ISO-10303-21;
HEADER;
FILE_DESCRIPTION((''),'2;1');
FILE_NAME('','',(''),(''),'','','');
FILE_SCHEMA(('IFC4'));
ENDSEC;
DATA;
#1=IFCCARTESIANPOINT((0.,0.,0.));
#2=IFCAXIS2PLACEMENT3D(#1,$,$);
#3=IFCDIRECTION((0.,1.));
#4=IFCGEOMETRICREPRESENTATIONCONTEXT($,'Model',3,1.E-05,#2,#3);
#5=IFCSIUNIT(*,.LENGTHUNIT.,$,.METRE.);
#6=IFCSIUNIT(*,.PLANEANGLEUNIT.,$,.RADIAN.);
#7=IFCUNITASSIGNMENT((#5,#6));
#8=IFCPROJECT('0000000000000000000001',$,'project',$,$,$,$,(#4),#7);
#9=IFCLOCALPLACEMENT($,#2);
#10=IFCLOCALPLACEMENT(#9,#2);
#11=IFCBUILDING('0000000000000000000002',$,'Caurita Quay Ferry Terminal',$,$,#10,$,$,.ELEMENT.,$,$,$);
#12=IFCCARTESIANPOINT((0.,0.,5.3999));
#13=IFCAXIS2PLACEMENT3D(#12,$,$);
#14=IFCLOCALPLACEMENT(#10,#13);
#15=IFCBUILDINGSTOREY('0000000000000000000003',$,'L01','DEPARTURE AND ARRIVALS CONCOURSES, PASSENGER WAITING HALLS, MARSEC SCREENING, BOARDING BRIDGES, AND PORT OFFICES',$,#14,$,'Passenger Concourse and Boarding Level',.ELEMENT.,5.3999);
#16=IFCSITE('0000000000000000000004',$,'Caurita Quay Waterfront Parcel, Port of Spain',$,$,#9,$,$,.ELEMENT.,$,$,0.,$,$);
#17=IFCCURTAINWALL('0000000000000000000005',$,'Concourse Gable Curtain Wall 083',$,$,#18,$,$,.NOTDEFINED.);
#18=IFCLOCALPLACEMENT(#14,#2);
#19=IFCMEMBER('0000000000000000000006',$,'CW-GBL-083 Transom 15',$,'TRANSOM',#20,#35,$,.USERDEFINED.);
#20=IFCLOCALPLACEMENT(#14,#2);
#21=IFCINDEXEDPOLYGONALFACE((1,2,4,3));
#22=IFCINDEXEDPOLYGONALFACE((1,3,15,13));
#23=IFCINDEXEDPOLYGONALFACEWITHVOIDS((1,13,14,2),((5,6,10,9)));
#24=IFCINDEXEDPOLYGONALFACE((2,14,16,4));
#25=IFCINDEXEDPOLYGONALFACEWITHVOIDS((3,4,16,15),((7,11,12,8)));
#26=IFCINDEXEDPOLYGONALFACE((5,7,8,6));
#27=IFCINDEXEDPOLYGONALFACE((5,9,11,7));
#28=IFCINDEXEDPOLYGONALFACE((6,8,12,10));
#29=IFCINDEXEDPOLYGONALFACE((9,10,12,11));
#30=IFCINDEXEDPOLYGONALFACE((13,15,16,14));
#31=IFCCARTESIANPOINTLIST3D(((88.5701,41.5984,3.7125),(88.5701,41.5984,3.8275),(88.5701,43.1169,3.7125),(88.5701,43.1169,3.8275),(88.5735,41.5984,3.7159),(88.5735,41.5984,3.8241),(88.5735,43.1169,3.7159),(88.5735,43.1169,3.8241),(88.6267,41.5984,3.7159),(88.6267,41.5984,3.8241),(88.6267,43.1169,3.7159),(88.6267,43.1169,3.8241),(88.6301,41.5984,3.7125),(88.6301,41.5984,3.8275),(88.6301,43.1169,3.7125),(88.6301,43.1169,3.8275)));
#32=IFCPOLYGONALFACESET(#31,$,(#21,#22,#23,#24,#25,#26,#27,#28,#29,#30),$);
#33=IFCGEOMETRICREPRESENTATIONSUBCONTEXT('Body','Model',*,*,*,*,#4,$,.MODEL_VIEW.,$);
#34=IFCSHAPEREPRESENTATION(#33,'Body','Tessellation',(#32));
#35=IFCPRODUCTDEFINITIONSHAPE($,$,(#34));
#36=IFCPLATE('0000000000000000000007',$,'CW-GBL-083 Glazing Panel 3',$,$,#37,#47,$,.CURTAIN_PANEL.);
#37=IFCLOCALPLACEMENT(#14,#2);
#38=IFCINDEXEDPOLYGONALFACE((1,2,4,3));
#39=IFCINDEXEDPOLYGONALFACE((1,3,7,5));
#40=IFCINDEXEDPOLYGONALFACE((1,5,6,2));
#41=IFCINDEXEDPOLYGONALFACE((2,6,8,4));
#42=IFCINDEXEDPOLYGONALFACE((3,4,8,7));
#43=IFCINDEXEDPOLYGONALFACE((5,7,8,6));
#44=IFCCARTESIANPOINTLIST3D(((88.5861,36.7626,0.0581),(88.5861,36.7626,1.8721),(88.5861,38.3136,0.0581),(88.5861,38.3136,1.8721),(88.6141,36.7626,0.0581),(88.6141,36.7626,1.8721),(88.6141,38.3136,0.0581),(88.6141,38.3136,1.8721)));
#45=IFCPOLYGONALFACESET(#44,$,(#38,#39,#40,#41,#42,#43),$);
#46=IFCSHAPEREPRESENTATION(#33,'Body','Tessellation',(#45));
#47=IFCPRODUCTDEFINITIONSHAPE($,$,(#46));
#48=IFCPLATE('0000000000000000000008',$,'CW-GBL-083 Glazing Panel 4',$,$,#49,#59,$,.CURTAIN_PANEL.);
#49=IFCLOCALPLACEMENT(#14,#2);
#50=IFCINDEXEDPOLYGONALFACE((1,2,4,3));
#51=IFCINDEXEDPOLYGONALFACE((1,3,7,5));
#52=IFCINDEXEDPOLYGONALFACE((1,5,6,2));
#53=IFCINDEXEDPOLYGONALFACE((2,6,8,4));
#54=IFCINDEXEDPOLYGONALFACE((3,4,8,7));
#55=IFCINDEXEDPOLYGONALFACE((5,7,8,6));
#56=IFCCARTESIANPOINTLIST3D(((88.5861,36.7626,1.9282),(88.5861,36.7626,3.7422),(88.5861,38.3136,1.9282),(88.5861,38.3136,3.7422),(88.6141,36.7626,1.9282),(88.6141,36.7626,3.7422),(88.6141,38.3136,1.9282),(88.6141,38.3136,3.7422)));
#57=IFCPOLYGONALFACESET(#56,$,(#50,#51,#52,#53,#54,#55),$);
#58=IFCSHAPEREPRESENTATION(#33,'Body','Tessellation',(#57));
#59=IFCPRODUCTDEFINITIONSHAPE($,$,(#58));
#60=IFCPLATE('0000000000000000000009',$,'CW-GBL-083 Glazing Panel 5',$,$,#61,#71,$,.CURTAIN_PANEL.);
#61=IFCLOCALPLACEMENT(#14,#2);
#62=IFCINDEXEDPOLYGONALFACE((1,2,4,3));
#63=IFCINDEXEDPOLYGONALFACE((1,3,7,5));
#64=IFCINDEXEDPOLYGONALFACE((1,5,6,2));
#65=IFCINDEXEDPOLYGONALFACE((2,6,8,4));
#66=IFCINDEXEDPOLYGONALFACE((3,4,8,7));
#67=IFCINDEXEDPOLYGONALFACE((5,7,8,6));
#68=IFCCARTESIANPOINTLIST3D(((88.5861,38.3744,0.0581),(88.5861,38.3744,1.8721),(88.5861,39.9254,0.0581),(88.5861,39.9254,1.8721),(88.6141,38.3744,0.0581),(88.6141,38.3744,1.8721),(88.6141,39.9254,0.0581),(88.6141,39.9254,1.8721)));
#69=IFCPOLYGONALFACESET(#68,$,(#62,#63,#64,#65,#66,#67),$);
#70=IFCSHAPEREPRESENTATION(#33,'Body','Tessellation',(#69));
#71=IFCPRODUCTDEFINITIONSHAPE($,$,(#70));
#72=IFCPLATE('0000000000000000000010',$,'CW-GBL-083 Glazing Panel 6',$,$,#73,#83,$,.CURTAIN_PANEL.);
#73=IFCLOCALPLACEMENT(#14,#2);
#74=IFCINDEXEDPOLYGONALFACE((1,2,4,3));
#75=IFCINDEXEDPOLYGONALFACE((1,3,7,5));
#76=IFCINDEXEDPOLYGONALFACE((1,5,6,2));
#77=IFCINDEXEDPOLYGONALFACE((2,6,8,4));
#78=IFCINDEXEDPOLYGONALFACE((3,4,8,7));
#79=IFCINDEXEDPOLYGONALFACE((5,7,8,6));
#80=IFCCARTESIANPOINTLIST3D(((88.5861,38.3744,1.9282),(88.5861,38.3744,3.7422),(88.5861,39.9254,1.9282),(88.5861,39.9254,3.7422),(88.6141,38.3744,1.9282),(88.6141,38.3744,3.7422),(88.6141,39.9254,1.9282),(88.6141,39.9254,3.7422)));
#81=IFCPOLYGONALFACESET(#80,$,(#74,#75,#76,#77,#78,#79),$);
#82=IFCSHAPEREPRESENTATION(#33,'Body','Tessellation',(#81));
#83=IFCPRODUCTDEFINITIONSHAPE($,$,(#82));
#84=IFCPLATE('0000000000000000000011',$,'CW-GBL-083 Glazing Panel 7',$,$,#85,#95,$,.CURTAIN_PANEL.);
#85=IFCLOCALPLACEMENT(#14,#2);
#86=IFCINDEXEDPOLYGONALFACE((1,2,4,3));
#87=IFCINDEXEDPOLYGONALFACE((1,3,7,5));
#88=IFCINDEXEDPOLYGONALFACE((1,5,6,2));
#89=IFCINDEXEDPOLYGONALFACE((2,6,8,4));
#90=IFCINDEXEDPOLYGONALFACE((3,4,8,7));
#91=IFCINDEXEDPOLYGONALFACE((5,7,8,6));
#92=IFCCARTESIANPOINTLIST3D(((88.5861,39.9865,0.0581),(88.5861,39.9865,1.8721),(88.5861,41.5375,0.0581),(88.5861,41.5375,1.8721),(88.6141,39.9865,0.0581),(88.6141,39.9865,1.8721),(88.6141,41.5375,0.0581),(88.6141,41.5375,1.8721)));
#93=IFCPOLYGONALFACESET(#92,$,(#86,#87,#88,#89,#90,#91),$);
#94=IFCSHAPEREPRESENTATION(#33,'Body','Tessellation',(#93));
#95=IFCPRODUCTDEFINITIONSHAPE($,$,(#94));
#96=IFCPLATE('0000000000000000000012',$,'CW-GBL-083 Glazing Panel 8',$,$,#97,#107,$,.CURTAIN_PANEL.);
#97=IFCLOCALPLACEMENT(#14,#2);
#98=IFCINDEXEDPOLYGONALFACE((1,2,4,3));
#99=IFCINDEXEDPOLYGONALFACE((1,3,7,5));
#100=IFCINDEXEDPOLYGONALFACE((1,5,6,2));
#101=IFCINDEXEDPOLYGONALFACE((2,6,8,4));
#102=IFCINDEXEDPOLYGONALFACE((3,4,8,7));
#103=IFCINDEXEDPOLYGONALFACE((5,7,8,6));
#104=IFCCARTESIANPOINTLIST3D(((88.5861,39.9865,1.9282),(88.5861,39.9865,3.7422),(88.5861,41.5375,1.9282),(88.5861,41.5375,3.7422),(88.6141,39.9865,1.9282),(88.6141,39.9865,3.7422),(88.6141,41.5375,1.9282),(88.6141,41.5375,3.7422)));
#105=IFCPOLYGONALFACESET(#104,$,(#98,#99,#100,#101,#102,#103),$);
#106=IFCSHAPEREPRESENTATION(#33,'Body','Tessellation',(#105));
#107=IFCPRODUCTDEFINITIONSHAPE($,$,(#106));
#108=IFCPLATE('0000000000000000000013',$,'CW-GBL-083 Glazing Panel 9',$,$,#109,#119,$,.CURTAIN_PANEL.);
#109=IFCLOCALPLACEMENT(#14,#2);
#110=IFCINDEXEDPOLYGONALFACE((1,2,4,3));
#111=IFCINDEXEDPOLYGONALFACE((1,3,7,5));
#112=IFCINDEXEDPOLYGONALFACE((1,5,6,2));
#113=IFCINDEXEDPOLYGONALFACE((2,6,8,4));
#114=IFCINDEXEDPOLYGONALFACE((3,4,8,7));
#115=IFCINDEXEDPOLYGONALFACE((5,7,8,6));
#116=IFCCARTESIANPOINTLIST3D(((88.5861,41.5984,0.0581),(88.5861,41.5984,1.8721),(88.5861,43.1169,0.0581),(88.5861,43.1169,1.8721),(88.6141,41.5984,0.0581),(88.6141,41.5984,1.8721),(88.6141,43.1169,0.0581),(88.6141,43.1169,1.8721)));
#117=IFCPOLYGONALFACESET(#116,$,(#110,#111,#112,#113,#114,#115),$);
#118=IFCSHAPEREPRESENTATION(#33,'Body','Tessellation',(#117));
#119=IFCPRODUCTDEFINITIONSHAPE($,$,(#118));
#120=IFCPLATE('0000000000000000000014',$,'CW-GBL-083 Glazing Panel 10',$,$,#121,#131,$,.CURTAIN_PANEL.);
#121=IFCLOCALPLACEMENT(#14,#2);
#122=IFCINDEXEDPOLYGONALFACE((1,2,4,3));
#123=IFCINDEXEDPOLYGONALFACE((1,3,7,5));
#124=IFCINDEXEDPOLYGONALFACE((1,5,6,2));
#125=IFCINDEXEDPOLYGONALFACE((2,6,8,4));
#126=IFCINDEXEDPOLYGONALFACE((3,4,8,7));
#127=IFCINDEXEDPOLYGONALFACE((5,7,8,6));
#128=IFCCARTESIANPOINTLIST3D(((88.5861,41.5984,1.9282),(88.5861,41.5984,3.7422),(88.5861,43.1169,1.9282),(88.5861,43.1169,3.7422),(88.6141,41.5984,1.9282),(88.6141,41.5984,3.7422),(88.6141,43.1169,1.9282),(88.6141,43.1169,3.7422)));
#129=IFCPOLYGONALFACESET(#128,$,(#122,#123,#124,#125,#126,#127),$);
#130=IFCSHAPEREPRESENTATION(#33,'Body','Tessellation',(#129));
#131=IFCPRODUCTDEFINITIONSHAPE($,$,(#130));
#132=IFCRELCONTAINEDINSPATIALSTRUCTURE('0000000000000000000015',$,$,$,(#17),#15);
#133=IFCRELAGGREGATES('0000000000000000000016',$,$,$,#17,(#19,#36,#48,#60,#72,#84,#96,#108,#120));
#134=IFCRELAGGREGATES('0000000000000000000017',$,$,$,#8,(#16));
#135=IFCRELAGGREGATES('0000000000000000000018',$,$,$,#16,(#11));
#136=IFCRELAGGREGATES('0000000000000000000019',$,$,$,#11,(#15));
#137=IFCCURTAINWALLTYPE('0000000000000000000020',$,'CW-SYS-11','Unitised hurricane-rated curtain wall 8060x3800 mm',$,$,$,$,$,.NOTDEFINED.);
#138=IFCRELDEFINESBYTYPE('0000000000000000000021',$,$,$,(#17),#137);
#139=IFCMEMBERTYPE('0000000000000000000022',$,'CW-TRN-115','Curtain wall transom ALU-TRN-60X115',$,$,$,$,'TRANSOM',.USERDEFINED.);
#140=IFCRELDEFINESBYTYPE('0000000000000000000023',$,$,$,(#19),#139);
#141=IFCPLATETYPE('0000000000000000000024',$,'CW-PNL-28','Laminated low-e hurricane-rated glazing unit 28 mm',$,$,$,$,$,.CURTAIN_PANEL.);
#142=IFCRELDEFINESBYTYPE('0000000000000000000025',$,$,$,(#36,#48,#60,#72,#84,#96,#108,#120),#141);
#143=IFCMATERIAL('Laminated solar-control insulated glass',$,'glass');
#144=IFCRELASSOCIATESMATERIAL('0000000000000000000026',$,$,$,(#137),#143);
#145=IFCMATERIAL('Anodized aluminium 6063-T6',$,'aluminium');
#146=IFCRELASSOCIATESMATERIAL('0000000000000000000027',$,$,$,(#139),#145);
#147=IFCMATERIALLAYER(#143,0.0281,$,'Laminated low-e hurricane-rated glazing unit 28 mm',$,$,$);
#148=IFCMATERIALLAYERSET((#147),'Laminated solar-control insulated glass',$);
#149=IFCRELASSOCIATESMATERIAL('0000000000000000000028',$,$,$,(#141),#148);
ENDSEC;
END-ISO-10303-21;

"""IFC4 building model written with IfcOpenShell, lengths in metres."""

from ifc_helpers import new_model, si_unit, direction, frame, origin, origin_2d, place, context, subcontext, project, spatial, rectangle, hollow_rectangle, extrude, material, layer, layer_set, material_profile, profile_set, type_object, element, aggregate, save


model = new_model("IFC4")

# Units and contexts
model_context = context("Model", 3, precision=1e-05, world=origin(), true_north=direction((0.0, 1.0)))
body_context = subcontext(model_context, "Body", "Model", "MODEL_VIEW")
ifc_project = project(units=[si_unit("LENGTHUNIT", "METRE"), si_unit("PLANEANGLEUNIT", "RADIAN")], contexts=[model_context])

# Site, building, storey
site_placement = place(None, origin())
site = spatial("IfcSite", under=ifc_project, at=site_placement, Name="Caurita Quay Waterfront Parcel, Port of Spain", CompositionType="ELEMENT", RefElevation=0.0)
building_placement = place(site_placement, origin())
building = spatial("IfcBuilding", under=site, at=building_placement, Name="Caurita Quay Ferry Terminal", CompositionType="ELEMENT")
storey_placement = place(building_placement, frame((0.0, 0.0, 5.3999)))
storey = spatial("IfcBuildingStorey", under=building, at=storey_placement, Name="L01", Description="DEPARTURE AND ARRIVALS CONCOURSES, PASSENGER WAITING HALLS, MARSEC SCREENING, BOARDING BRIDGES, AND PORT OFFICES", LongName="Passenger Concourse and Boarding Level", CompositionType="ELEMENT", Elevation=5.3999)

# Curtain wall, member, plates
ifc_material_1 = material(Name="Laminated solar-control insulated glass", Category="glass")
curtain_wall_type = type_object("IfcCurtainWallType", Name="CW-SYS-11", Description="Unitised hurricane-rated curtain wall 8060x3800 mm", PredefinedType="NOTDEFINED", material=ifc_material_1)
curtain_wall_placement = place(storey_placement, origin())
curtain_wall = element("IfcCurtainWall", 1, at=curtain_wall_placement, inside=storey, type_object=curtain_wall_type, Name="Concourse Gable Curtain Wall 083", PredefinedType="NOTDEFINED")
ifc_material_2 = material(Name="Anodized aluminium 6063-T6", Category="aluminium")
ifc_material_profile_1 = material_profile(ifc_material_2, hollow_rectangle(XDim=0.0601, YDim=0.115, WallThickness=0.0034, at=origin_2d()), Name="ALU-TRN-60X115")
ifc_profile_set_1 = profile_set([ifc_material_profile_1], Name="Anodized aluminium 6063-T6")
member_type_1 = type_object("IfcMemberType", Name="CW-TRN-115", Description="Curtain wall transom ALU-TRN-60X115", ElementType="TRANSOM", PredefinedType="USERDEFINED", material=ifc_profile_set_1)
member_1_placement = place(storey_placement, frame((88.6001, 41.5984, 3.77), z_axis=(0.0, 1.0, 0.0), x_axis=(-1.0, 0.0, 0.0)))
member_1 = element("IfcMember", 2, at=member_1_placement, type_object=member_type_1, Name="CW-GBL-083 Transom 15", ObjectType="TRANSOM", PredefinedType="USERDEFINED", context=body_context, shape_type="SweptSolid", body=[
    extrude(hollow_rectangle(XDim=0.0601, YDim=0.115, WallThickness=0.0034, at=origin_2d()), origin(), (0.0, 0.0, 1.0), 1.5186),
])
ifc_layer = layer(ifc_material_1, 0.0281, Name="Laminated low-e hurricane-rated glazing unit 28 mm")
ifc_layer_set = layer_set([ifc_layer], Name="Laminated solar-control insulated glass")
plate_type = type_object("IfcPlateType", Name="CW-PNL-28", Description="Laminated low-e hurricane-rated glazing unit 28 mm", PredefinedType="CURTAIN_PANEL", material=ifc_layer_set)
plate_1_placement = place(storey_placement, frame((88.6001, 37.5381, 0.0581), z_axis=(0.0, 0.0, 1.0), x_axis=(0.0, 1.0, 0.0)))
plate_1 = element("IfcPlate", 3, at=plate_1_placement, type_object=plate_type, Name="CW-GBL-083 Glazing Panel 3", PredefinedType="CURTAIN_PANEL", context=body_context, shape_type="SweptSolid", body=[
    extrude(rectangle(XDim=1.551, YDim=0.0281, at=origin_2d()), origin(), (0.0, 0.0, 1.0), 1.814),
])
plate_2_placement = place(storey_placement, frame((88.6001, 37.5381, 1.9282), z_axis=(0.0, 0.0, 1.0), x_axis=(0.0, 1.0, 0.0)))
plate_2 = element("IfcPlate", 4, at=plate_2_placement, type_object=plate_type, Name="CW-GBL-083 Glazing Panel 4", PredefinedType="CURTAIN_PANEL", context=body_context, shape_type="SweptSolid", body=[
    extrude(rectangle(XDim=1.551, YDim=0.0281, at=origin_2d()), origin(), (0.0, 0.0, 1.0), 1.814),
])
plate_3_placement = place(storey_placement, frame((88.6001, 39.1499, 0.0581), z_axis=(0.0, 0.0, 1.0), x_axis=(0.0, 1.0, 0.0)))
plate_3 = element("IfcPlate", 5, at=plate_3_placement, type_object=plate_type, Name="CW-GBL-083 Glazing Panel 5", PredefinedType="CURTAIN_PANEL", context=body_context, shape_type="SweptSolid", body=[
    extrude(rectangle(XDim=1.551, YDim=0.0281, at=origin_2d()), origin(), (0.0, 0.0, 1.0), 1.814),
])
plate_4_placement = place(storey_placement, frame((88.6001, 39.1499, 1.9282), z_axis=(0.0, 0.0, 1.0), x_axis=(0.0, 1.0, 0.0)))
plate_4 = element("IfcPlate", 6, at=plate_4_placement, type_object=plate_type, Name="CW-GBL-083 Glazing Panel 6", PredefinedType="CURTAIN_PANEL", context=body_context, shape_type="SweptSolid", body=[
    extrude(rectangle(XDim=1.551, YDim=0.0281, at=origin_2d()), origin(), (0.0, 0.0, 1.0), 1.814),
])
plate_5_placement = place(storey_placement, frame((88.6001, 40.762, 0.0581), z_axis=(0.0, 0.0, 1.0), x_axis=(0.0, 1.0, 0.0)))
plate_5 = element("IfcPlate", 7, at=plate_5_placement, type_object=plate_type, Name="CW-GBL-083 Glazing Panel 7", PredefinedType="CURTAIN_PANEL", context=body_context, shape_type="SweptSolid", body=[
    extrude(rectangle(XDim=1.551, YDim=0.0281, at=origin_2d()), origin(), (0.0, 0.0, 1.0), 1.814),
])
plate_6_placement = place(storey_placement, frame((88.6001, 40.762, 1.9282), z_axis=(0.0, 0.0, 1.0), x_axis=(0.0, 1.0, 0.0)))
plate_6 = element("IfcPlate", 8, at=plate_6_placement, type_object=plate_type, Name="CW-GBL-083 Glazing Panel 8", PredefinedType="CURTAIN_PANEL", context=body_context, shape_type="SweptSolid", body=[
    extrude(rectangle(XDim=1.551, YDim=0.0281, at=origin_2d()), origin(), (0.0, 0.0, 1.0), 1.814),
])
plate_7_placement = place(storey_placement, frame((88.6001, 42.3577, 0.0581), z_axis=(0.0, 0.0, 1.0), x_axis=(0.0, 1.0, 0.0)))
plate_7 = element("IfcPlate", 9, at=plate_7_placement, type_object=plate_type, Name="CW-GBL-083 Glazing Panel 9", PredefinedType="CURTAIN_PANEL", context=body_context, shape_type="SweptSolid", body=[
    extrude(rectangle(XDim=1.5186, YDim=0.0281, at=origin_2d()), origin(), (0.0, 0.0, 1.0), 1.814),
])
plate_8_placement = place(storey_placement, frame((88.6001, 42.3577, 1.9282), z_axis=(0.0, 0.0, 1.0), x_axis=(0.0, 1.0, 0.0)))
plate_8 = element("IfcPlate", 10, at=plate_8_placement, type_object=plate_type, Name="CW-GBL-083 Glazing Panel 10", PredefinedType="CURTAIN_PANEL", context=body_context, shape_type="SweptSolid", body=[
    extrude(rectangle(XDim=1.5186, YDim=0.0281, at=origin_2d()), origin(), (0.0, 0.0, 1.0), 1.814),
])
aggregate(curtain_wall, [member_1, plate_1, plate_2, plate_3, plate_4, plate_5, plate_6, plate_7, plate_8])

save(model, "model.ifc")
